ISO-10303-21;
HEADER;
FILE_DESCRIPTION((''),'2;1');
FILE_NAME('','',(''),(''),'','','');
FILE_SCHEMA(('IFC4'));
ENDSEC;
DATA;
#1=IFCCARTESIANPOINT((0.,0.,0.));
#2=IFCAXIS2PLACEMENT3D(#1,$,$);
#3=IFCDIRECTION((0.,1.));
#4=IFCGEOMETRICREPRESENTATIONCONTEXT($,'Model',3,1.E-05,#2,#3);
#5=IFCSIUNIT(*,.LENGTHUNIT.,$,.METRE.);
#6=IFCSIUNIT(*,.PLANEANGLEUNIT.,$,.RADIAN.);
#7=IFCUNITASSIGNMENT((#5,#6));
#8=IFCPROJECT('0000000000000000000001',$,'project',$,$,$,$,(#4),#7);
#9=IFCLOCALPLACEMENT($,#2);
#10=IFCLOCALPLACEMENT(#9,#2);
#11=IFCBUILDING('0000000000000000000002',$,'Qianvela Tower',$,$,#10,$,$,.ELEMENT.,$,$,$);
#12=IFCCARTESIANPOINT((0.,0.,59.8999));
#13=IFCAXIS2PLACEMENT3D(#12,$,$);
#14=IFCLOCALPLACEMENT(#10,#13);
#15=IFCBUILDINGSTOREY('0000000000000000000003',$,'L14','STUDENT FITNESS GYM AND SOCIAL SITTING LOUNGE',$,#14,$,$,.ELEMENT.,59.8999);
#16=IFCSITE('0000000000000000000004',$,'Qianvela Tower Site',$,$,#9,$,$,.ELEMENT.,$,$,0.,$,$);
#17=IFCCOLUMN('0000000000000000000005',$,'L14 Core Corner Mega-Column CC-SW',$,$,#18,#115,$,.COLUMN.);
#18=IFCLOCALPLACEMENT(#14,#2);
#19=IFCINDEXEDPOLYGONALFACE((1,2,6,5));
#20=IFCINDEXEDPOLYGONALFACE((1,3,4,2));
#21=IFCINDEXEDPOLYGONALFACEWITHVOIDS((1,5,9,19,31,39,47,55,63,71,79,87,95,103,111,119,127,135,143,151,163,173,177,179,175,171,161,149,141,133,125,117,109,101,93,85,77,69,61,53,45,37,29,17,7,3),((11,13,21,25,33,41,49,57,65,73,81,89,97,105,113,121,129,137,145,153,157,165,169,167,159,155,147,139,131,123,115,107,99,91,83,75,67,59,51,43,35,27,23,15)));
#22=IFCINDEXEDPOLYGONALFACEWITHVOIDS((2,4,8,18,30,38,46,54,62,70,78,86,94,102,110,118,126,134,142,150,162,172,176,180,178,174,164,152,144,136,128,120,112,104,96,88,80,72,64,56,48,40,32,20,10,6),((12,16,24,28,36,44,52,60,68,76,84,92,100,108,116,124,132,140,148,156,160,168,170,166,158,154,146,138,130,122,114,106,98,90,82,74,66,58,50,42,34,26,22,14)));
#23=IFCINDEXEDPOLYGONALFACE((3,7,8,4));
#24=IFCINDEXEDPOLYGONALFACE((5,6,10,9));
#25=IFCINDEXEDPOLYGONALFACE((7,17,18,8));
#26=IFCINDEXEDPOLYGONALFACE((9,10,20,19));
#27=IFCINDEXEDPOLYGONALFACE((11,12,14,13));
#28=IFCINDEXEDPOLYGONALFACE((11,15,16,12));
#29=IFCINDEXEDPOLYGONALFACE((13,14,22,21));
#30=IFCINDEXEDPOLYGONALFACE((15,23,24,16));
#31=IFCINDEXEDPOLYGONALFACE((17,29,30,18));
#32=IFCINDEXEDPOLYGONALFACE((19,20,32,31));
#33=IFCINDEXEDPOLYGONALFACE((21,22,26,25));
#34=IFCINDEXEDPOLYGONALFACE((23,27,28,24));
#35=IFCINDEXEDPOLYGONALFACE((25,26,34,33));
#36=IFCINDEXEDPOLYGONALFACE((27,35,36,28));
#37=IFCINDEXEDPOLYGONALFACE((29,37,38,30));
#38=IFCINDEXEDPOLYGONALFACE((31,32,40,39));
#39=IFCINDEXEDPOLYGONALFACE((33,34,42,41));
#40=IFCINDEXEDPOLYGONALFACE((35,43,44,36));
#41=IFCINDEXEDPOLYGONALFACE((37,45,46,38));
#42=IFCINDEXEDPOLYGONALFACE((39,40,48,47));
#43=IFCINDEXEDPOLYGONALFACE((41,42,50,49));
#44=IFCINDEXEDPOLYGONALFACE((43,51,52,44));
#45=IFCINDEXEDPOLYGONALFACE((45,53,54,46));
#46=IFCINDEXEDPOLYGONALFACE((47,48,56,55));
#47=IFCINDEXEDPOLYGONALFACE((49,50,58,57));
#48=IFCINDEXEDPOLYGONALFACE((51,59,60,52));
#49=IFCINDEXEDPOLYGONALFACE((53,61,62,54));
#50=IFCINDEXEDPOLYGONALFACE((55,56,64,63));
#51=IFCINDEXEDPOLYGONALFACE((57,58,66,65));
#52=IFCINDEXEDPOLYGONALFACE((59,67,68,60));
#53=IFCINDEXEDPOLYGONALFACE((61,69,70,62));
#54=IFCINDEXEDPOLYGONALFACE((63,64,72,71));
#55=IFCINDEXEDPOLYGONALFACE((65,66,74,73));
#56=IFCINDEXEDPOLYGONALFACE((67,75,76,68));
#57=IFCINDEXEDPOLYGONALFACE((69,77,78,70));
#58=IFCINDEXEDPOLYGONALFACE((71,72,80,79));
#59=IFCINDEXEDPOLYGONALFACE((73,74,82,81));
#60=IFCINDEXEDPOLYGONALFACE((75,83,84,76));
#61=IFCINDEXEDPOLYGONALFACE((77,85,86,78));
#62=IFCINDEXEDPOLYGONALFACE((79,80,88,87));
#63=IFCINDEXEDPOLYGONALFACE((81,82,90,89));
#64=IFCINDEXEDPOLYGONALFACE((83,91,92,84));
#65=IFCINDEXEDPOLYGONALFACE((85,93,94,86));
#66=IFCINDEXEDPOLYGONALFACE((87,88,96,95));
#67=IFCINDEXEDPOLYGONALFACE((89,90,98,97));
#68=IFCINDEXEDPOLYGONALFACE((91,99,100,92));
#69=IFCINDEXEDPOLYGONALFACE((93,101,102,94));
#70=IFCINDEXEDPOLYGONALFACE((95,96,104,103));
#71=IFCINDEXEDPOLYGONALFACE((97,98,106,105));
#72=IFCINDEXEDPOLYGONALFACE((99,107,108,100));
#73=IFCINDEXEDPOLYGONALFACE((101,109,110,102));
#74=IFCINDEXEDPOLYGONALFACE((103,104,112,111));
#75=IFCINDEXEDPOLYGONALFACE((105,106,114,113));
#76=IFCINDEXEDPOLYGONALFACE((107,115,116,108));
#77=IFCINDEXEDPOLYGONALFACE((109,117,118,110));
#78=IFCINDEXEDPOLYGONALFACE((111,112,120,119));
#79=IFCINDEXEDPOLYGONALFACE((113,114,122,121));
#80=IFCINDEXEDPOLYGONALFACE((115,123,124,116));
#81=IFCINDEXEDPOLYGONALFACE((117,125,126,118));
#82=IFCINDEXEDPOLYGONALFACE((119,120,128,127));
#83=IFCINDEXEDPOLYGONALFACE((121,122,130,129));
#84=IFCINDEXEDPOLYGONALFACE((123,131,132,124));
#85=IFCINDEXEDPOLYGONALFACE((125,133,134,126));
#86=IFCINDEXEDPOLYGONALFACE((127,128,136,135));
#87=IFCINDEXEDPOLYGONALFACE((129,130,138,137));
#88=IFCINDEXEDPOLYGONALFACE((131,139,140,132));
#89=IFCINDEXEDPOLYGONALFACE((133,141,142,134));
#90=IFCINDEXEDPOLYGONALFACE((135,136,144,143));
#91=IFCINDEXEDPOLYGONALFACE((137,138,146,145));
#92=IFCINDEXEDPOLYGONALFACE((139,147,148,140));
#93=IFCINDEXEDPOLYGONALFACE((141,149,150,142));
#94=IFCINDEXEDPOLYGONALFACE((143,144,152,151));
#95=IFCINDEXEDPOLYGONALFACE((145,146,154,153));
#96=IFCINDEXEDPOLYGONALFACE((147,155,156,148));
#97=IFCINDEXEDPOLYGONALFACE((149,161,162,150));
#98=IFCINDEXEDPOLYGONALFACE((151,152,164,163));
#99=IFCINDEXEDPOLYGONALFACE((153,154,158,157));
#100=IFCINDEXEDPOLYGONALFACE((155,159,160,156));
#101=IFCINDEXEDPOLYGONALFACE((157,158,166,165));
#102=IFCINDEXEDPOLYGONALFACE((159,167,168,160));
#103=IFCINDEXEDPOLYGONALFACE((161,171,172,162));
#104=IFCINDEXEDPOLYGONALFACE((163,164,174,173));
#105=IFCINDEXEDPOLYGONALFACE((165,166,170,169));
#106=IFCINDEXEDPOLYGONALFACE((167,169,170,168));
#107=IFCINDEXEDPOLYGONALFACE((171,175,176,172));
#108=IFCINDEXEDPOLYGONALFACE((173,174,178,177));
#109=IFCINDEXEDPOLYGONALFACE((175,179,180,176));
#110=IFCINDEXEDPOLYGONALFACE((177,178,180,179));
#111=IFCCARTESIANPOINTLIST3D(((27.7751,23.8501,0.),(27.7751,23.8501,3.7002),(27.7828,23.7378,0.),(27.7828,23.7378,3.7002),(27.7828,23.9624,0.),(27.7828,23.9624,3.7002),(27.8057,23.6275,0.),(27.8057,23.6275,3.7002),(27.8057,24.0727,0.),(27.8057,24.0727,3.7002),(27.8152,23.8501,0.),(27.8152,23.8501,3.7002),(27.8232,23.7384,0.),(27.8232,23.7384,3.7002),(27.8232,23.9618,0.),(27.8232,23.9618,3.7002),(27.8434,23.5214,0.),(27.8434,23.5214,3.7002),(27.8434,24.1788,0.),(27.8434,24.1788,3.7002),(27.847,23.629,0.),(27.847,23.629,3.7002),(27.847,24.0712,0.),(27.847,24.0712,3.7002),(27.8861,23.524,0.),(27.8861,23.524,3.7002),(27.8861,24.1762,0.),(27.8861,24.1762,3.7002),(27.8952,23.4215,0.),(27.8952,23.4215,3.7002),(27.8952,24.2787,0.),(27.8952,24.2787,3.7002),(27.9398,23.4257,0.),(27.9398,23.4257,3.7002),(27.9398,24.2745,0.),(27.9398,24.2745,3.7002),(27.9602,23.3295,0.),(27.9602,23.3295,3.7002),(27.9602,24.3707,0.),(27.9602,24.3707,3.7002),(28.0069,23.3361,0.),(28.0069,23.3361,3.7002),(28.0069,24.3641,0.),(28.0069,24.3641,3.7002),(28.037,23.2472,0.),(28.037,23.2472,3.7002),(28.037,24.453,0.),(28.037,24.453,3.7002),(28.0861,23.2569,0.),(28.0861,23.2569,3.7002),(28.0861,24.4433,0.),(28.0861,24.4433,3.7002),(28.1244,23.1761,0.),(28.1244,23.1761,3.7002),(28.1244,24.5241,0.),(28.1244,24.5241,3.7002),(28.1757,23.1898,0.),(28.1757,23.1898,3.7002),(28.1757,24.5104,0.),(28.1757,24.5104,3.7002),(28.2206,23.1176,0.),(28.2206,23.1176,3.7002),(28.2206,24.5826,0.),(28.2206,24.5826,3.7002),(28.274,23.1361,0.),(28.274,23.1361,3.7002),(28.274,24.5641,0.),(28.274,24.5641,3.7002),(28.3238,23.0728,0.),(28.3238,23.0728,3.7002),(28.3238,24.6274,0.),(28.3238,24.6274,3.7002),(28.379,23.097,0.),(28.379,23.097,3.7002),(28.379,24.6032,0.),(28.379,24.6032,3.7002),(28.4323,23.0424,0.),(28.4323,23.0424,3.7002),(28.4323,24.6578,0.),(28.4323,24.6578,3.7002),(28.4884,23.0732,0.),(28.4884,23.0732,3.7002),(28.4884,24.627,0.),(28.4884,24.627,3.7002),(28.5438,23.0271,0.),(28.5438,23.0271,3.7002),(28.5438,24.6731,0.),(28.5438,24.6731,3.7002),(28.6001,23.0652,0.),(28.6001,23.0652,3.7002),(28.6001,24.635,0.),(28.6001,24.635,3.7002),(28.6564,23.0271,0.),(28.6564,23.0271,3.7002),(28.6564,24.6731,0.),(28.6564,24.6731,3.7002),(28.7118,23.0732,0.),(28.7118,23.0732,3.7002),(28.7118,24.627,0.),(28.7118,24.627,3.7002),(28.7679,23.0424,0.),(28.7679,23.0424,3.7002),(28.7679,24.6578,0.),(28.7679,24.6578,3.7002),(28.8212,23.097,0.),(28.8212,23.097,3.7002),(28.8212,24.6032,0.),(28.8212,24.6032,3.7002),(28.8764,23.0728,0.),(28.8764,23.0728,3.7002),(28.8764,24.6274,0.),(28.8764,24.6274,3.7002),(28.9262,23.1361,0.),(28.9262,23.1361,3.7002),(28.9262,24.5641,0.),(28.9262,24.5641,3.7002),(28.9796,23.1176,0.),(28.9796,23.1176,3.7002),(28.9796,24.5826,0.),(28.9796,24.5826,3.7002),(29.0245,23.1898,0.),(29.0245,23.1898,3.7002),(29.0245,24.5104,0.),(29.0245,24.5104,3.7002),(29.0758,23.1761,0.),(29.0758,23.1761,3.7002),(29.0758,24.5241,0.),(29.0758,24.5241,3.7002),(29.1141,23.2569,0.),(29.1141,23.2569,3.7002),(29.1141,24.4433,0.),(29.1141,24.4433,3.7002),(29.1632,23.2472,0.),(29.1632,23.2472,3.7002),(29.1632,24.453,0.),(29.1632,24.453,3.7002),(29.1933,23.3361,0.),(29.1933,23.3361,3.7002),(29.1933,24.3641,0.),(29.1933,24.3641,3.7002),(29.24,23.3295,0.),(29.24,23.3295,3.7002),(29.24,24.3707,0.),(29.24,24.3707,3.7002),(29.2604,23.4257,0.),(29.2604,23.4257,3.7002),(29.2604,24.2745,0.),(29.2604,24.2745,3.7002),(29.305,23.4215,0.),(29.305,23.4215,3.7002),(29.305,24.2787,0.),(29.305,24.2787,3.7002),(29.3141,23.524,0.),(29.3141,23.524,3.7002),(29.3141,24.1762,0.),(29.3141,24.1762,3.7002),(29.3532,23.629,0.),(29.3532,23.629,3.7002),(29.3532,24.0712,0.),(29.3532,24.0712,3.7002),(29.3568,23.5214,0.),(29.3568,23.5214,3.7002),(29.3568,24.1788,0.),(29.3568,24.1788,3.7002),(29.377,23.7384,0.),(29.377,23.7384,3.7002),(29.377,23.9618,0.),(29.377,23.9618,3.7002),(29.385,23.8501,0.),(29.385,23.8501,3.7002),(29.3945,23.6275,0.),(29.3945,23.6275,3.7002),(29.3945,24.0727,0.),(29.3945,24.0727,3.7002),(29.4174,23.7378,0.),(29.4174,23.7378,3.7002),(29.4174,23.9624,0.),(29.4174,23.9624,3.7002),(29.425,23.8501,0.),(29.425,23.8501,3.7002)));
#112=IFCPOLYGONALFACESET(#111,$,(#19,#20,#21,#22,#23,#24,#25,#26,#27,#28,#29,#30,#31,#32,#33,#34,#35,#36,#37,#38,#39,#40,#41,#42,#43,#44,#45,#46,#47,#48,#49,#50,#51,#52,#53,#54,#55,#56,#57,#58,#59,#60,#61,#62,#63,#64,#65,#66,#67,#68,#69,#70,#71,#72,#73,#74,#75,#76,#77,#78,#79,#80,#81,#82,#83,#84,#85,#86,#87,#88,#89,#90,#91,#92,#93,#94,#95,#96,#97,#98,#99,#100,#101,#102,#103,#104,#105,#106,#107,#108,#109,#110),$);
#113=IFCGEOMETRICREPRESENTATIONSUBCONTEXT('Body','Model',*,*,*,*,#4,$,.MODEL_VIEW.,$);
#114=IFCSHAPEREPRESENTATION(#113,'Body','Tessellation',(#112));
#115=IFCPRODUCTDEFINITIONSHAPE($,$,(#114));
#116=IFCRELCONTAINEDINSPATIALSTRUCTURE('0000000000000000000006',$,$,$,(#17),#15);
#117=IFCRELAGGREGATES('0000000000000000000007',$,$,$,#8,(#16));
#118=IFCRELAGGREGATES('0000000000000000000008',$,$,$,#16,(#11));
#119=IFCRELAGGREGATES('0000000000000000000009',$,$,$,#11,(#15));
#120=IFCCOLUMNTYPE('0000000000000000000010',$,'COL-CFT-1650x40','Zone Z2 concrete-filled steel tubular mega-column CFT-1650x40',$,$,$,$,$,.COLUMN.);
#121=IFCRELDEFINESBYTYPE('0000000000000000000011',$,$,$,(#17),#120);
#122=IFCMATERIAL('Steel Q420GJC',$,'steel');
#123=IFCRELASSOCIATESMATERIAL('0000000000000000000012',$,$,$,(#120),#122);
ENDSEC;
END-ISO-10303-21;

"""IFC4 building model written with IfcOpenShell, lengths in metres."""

from ifc_helpers import new_model, si_unit, direction, frame, origin, origin_2d, place, context, subcontext, project, spatial, hollow_circle, extrude, material, material_profile, profile_set, type_object, element, save


model = new_model("IFC4")

# Units and contexts
model_context = context("Model", 3, precision=1e-05, world=origin(), true_north=direction((0.0, 1.0)))
body_context = subcontext(model_context, "Body", "Model", "MODEL_VIEW")
ifc_project = project(units=[si_unit("LENGTHUNIT", "METRE"), si_unit("PLANEANGLEUNIT", "RADIAN")], contexts=[model_context])

# Site, building, storey
site_placement = place(None, origin())
site = spatial("IfcSite", under=ifc_project, at=site_placement, Name="Qianvela Tower Site", CompositionType="ELEMENT", RefElevation=0.0)
building_placement = place(site_placement, origin())
building = spatial("IfcBuilding", under=site, at=building_placement, Name="Qianvela Tower", CompositionType="ELEMENT")
storey_placement = place(building_placement, frame((0.0, 0.0, 59.8999)))
storey = spatial("IfcBuildingStorey", under=building, at=storey_placement, Name="L14", Description="STUDENT FITNESS GYM AND SOCIAL SITTING LOUNGE", CompositionType="ELEMENT", Elevation=59.8999)

# Column
ifc_material_1 = material(Name="Steel Q420GJC", Category="steel")
ifc_material_profile_1 = material_profile(ifc_material_1, hollow_circle(Radius=0.825, WallThickness=0.04, at=origin_2d()), Name="CFT-1650x40")
ifc_profile_set_1 = profile_set([ifc_material_profile_1], Name="Steel Q420GJC")
column_type = type_object("IfcColumnType", Name="COL-CFT-1650x40", Description="Zone Z2 concrete-filled steel tubular mega-column CFT-1650x40", PredefinedType="COLUMN", material=ifc_profile_set_1)
for number, where, z_axis, x_axis, name in (
    (1, (28.6001, 23.8501, 0.0), (0.0, 0.0, 1.0), (1.0, 0.0, 0.0), "L14 Core Corner Mega-Column CC-SW"),
):
    element("IfcColumn", number, at=place(storey_placement, frame(where, z_axis=z_axis, x_axis=x_axis)), inside=storey, type_object=column_type, Name=name, PredefinedType="COLUMN", context=body_context, shape_type="SweptSolid", body=[
        extrude(hollow_circle(Radius=0.825, WallThickness=0.04, at=origin_2d()), origin(), (0.0, 0.0, 1.0), 3.7002),
    ])

save(model, "model.ifc")
